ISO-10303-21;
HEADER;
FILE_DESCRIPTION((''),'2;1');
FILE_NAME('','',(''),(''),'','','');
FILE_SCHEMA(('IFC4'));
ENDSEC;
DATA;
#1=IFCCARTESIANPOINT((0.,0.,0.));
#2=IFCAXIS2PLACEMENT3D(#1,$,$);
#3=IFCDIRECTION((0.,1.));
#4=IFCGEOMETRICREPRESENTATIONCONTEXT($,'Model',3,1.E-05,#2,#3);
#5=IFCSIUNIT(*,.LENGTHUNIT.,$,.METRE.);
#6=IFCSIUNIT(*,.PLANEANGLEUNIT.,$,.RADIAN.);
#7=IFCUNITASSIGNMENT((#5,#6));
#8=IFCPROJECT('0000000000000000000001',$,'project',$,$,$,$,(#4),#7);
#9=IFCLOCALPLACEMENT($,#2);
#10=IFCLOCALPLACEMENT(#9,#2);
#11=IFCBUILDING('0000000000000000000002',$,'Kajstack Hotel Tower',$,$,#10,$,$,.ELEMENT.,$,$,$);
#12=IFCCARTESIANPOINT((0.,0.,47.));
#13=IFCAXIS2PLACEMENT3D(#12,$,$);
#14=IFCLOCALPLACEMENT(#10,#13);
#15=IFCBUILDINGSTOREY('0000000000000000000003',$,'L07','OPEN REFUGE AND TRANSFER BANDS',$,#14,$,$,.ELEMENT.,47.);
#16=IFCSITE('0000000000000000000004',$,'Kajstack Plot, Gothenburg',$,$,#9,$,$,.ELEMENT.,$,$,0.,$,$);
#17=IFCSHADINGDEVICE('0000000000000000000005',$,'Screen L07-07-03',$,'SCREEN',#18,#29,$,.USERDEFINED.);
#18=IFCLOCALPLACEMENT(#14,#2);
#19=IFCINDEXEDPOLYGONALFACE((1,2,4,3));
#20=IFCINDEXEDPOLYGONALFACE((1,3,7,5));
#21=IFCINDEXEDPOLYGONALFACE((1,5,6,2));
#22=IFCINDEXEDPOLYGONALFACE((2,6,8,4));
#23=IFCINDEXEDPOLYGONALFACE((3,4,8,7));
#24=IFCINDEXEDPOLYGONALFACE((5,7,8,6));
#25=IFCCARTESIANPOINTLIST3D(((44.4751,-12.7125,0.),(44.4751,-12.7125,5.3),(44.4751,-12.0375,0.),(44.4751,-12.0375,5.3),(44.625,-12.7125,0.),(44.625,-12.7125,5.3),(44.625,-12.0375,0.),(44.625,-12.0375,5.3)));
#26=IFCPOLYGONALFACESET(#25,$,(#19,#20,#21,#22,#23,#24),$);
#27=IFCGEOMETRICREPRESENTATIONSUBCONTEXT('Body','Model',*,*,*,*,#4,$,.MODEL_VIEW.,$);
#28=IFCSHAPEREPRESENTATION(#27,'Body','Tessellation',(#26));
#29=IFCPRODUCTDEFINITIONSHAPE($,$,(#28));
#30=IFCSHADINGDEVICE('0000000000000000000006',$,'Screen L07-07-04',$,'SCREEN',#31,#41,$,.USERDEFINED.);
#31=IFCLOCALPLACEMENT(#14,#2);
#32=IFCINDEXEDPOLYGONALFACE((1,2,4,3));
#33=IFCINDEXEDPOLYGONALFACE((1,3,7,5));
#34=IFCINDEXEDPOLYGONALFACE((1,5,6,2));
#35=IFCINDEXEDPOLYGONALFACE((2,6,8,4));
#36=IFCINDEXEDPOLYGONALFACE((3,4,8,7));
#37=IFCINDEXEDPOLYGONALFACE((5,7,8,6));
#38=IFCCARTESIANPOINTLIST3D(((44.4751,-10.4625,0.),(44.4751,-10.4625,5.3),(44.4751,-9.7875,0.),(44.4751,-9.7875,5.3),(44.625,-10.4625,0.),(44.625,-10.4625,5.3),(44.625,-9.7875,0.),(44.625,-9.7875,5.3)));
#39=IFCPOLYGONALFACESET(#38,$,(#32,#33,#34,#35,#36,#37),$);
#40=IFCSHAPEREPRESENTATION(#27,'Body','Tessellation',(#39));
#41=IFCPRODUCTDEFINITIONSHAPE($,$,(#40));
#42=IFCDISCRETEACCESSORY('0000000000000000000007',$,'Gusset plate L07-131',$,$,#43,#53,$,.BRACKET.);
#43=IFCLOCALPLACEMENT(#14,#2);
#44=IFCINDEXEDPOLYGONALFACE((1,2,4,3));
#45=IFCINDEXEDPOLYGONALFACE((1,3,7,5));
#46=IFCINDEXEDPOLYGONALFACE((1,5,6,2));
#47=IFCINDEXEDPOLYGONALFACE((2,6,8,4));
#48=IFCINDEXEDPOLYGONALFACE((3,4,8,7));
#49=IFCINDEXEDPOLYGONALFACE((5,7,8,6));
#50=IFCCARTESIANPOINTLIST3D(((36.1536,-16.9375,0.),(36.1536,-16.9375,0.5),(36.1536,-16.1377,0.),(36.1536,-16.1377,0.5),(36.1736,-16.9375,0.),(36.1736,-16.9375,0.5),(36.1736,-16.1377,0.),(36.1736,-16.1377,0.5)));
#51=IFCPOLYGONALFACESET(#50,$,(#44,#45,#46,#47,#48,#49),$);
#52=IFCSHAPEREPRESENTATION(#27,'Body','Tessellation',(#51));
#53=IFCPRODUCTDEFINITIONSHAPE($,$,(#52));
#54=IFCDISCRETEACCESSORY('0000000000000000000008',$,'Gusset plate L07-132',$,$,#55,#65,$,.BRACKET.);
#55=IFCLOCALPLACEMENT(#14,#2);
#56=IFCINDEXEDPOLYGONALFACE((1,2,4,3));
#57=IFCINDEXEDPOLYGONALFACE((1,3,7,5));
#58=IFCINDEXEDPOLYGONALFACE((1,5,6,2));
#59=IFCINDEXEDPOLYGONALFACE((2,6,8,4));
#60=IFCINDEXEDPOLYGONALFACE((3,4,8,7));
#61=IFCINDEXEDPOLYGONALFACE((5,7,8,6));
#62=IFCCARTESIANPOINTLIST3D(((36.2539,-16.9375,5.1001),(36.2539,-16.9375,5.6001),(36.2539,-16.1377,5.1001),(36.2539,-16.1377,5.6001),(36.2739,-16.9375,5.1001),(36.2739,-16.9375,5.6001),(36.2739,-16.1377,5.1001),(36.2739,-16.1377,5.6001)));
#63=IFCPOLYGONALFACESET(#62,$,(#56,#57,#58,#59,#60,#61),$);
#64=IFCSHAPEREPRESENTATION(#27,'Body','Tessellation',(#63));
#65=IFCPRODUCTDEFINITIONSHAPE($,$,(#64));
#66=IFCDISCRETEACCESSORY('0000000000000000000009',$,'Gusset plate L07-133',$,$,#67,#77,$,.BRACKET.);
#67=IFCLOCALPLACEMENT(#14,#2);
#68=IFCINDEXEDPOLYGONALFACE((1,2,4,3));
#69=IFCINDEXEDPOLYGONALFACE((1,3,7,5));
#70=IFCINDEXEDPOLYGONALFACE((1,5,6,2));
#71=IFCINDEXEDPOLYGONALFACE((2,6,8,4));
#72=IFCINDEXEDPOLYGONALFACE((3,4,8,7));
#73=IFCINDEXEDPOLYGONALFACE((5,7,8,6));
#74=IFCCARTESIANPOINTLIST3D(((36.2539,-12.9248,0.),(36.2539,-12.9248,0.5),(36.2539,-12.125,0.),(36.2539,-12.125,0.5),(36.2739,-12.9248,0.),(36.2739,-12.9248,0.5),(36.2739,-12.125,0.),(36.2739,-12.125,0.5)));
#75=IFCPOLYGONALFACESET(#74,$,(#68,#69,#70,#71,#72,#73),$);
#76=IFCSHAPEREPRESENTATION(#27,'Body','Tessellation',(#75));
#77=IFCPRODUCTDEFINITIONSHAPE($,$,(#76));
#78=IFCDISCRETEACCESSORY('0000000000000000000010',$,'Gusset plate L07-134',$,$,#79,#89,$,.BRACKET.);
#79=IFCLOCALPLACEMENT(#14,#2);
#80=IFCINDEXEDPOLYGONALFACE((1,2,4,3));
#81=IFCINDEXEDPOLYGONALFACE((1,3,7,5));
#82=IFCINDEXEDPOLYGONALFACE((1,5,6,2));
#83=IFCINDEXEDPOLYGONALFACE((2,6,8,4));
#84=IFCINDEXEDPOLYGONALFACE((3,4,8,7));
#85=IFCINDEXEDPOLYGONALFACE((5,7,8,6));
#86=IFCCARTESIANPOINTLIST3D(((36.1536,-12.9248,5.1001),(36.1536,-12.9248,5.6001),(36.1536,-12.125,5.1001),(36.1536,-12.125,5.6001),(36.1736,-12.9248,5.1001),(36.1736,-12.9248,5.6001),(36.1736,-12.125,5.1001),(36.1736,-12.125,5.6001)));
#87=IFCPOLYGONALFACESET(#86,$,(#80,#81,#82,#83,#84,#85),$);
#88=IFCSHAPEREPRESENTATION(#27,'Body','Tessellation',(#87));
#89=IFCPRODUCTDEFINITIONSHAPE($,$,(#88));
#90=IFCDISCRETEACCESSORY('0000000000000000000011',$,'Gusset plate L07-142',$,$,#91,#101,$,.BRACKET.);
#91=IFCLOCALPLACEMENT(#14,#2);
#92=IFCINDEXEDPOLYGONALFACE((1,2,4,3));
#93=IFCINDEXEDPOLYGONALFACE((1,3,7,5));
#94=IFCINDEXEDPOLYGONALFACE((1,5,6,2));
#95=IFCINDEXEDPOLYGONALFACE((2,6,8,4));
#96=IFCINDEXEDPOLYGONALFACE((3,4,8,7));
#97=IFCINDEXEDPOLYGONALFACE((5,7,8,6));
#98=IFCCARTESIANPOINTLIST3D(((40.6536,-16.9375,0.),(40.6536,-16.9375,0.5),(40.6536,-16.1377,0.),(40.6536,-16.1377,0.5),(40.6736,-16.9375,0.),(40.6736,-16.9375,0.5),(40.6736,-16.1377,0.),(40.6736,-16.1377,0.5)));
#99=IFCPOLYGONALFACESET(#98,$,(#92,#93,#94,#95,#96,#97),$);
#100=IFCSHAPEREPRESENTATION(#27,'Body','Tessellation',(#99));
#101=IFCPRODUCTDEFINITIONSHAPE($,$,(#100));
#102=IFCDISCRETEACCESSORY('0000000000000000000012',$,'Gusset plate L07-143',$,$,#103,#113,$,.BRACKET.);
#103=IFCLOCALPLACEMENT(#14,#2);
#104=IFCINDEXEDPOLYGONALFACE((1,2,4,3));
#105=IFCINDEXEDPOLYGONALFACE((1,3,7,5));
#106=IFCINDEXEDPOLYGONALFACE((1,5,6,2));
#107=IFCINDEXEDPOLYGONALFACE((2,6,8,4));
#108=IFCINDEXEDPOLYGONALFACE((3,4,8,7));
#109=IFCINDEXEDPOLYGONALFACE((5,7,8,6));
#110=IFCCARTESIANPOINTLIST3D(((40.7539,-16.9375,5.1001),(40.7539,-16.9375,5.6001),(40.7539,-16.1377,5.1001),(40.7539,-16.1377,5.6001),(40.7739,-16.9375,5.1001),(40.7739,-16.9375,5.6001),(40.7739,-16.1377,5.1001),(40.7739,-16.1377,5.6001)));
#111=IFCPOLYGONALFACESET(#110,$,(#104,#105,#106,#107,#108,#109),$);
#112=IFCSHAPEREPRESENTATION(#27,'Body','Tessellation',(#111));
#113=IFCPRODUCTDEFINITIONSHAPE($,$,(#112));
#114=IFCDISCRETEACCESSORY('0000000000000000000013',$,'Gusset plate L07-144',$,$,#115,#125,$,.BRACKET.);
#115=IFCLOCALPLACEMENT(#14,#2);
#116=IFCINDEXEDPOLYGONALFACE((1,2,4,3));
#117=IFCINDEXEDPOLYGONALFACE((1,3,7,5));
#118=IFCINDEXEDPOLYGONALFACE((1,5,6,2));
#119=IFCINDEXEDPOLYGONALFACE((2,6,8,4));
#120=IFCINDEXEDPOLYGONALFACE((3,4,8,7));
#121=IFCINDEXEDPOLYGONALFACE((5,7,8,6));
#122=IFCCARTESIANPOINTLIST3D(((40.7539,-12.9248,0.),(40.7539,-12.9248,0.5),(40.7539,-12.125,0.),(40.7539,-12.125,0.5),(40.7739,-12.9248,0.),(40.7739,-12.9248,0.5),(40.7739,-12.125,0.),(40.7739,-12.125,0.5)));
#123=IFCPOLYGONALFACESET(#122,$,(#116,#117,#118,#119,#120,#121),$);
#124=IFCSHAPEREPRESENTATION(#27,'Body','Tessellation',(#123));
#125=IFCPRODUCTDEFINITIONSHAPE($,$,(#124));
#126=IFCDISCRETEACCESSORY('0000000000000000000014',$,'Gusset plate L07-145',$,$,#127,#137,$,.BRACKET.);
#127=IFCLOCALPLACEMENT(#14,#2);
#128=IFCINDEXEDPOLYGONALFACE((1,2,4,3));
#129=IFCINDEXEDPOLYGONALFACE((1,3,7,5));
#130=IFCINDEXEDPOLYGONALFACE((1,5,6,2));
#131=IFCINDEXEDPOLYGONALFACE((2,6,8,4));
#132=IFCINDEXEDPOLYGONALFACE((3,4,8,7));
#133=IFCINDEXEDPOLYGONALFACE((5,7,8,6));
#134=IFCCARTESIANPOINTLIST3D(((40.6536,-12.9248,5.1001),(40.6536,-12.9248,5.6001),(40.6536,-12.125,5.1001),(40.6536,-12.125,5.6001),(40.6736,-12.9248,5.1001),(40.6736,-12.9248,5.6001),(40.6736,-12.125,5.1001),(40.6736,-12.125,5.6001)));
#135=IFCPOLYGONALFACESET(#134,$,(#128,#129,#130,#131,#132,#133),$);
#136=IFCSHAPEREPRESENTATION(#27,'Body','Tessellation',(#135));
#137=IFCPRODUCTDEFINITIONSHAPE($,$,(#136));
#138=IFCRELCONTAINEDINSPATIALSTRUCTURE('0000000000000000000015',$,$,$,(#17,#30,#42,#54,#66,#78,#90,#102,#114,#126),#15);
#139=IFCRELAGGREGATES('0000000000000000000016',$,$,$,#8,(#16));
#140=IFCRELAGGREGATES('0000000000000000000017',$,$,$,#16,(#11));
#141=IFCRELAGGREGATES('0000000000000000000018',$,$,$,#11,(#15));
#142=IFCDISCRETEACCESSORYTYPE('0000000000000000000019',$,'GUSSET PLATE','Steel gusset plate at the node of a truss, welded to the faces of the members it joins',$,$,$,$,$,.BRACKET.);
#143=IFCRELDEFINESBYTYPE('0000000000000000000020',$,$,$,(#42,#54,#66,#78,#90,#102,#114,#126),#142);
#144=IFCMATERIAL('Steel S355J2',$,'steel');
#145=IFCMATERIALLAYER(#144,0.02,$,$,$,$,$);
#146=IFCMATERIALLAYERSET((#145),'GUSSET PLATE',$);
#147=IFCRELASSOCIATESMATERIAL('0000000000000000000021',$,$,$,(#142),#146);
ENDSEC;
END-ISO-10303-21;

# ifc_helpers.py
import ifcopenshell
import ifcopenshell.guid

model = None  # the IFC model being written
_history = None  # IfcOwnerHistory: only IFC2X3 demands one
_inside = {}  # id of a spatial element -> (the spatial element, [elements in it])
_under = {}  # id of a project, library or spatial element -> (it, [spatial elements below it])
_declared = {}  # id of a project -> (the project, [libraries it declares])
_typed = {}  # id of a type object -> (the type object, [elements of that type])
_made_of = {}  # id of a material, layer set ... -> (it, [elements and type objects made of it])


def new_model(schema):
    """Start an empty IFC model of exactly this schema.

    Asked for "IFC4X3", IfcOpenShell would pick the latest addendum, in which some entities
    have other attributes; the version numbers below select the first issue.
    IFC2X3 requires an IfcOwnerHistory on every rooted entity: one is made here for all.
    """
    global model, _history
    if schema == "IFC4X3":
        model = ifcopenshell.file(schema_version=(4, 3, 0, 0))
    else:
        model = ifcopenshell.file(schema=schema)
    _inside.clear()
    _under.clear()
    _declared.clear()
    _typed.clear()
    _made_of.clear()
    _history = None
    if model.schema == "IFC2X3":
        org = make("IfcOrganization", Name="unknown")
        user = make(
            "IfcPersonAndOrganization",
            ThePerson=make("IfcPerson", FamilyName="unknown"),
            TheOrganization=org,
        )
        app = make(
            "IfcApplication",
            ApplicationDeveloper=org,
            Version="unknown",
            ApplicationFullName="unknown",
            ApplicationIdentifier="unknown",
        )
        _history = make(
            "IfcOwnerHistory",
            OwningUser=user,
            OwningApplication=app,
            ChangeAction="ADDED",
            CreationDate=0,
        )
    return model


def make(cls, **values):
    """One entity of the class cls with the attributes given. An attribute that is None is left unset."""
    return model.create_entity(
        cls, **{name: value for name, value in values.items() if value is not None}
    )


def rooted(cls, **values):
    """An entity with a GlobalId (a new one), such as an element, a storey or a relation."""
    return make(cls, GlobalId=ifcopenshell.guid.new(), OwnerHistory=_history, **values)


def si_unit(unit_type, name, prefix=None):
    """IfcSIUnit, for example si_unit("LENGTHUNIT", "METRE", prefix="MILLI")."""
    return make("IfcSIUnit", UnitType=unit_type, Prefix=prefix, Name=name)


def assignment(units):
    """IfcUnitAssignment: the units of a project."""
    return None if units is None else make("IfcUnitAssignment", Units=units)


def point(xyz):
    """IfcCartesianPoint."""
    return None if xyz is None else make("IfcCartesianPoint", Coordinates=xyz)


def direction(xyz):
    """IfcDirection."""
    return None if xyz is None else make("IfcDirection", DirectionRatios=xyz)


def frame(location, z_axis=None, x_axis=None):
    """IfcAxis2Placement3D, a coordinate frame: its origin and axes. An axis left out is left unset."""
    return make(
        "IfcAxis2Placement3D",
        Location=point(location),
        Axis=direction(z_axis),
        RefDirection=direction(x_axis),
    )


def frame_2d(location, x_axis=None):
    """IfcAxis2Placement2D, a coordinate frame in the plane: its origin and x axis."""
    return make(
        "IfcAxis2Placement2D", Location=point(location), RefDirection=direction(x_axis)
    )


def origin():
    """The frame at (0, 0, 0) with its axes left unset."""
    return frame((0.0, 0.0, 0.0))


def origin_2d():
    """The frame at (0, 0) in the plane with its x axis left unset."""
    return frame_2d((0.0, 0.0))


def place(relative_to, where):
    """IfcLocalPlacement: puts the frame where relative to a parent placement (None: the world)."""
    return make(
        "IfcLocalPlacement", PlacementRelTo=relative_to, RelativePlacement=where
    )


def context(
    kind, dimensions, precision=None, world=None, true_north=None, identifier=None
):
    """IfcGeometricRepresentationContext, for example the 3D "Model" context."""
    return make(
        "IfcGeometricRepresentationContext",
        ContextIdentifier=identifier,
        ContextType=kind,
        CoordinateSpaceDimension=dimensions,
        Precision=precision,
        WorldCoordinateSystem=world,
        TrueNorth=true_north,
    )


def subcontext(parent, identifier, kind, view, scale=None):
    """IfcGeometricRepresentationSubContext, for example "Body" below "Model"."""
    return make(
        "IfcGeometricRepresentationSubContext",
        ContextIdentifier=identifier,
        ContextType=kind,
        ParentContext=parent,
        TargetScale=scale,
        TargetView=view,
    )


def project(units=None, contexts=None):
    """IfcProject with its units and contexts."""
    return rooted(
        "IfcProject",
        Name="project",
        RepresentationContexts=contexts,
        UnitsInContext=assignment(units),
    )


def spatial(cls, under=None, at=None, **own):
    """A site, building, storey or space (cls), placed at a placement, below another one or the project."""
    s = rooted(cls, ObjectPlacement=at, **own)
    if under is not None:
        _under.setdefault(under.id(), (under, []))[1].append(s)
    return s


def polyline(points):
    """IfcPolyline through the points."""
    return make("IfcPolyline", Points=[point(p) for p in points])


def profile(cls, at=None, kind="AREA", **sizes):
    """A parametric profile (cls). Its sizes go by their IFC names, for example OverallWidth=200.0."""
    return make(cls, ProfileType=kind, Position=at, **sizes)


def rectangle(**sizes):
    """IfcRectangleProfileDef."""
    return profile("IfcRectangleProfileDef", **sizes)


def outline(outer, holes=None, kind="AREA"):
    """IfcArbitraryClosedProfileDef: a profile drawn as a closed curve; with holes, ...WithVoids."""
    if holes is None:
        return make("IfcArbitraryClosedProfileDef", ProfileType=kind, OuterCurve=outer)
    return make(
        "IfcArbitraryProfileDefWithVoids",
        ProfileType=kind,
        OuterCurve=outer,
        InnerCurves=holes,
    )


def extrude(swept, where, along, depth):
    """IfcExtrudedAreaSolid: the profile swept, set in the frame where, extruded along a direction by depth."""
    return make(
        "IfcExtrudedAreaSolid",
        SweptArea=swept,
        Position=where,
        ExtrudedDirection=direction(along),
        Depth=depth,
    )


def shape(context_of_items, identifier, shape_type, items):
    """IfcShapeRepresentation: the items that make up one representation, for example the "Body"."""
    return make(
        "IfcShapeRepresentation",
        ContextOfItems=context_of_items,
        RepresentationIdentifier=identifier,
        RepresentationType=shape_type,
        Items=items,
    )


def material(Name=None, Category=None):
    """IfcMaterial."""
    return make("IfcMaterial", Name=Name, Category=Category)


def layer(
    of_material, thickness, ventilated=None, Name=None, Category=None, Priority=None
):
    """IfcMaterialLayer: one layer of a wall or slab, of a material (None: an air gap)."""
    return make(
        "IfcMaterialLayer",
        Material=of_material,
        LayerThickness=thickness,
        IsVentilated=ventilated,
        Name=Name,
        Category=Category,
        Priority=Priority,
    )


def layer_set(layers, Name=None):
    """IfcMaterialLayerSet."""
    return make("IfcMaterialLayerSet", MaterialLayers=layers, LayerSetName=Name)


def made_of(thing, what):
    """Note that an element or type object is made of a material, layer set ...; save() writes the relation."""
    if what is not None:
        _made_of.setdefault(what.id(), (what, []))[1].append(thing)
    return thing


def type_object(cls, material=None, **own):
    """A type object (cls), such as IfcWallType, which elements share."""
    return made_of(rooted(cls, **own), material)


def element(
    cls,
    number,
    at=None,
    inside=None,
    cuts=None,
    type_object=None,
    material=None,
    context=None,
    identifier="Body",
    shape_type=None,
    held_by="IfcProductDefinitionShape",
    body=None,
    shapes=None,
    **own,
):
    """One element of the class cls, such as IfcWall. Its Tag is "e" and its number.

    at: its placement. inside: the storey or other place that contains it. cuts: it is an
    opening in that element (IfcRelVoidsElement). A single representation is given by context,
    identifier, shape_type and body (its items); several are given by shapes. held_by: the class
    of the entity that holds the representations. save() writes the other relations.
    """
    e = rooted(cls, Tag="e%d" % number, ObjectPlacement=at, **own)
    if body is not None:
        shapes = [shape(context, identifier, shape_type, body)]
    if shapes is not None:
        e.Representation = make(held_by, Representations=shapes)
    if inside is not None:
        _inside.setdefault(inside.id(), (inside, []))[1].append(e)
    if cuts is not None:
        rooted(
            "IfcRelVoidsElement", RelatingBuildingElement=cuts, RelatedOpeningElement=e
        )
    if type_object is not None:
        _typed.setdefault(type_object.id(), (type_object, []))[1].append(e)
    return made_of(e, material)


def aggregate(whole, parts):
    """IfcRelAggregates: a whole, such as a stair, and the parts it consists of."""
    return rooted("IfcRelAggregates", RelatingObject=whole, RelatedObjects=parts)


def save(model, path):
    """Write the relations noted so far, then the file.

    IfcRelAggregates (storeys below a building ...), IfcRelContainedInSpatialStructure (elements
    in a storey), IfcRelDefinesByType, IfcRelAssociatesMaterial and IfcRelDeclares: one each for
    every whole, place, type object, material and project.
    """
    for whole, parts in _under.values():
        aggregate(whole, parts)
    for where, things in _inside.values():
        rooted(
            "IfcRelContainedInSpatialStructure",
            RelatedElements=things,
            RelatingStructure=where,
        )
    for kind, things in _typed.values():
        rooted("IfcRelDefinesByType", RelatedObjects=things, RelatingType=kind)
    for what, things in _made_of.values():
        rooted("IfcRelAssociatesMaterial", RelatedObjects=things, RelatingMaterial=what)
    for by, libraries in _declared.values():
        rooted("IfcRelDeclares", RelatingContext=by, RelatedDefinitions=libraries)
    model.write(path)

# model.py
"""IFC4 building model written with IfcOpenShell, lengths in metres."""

from ifc_helpers import new_model, si_unit, direction, frame, origin, origin_2d, place, context, subcontext, project, spatial, polyline, rectangle, outline, extrude, material, layer, layer_set, type_object, element, save


model = new_model("IFC4")

# Units and contexts
model_context = context("Model", 3, precision=1e-05, world=origin(), true_north=direction((0.0, 1.0)))
body_context = subcontext(model_context, "Body", "Model", "MODEL_VIEW")
ifc_project = project(units=[si_unit("LENGTHUNIT", "METRE"), si_unit("PLANEANGLEUNIT", "RADIAN")], contexts=[model_context])

# Site, building, storey
site_placement = place(None, origin())
site = spatial("IfcSite", under=ifc_project, at=site_placement, Name="Kajstack Plot, Gothenburg", CompositionType="ELEMENT", RefElevation=0.0)
building_placement = place(site_placement, origin())
building = spatial("IfcBuilding", under=site, at=building_placement, Name="Kajstack Hotel Tower", CompositionType="ELEMENT")
storey_placement = place(building_placement, frame((0.0, 0.0, 47.0)))
storey = spatial("IfcBuildingStorey", under=building, at=storey_placement, Name="L07", Description="OPEN REFUGE AND TRANSFER BANDS", CompositionType="ELEMENT", Elevation=47.0)

# Shared definitions
ifc_material_1 = material(Name="Steel S355J2", Category="steel")

# Shading devices
for number, where, z_axis, x_axis, name in (
    (1, (44.55, -12.375, 0.0), (0.0, 0.0, 1.0), (0.0, 1.0, 0.0), "Screen L07-07-03"),
    (2, (44.55, -10.125, 0.0), (0.0, 0.0, 1.0), (0.0, 1.0, 0.0), "Screen L07-07-04"),
):
    element("IfcShadingDevice", number, at=place(storey_placement, frame(where, z_axis=z_axis, x_axis=x_axis)), inside=storey, Name=name, ObjectType="SCREEN", PredefinedType="USERDEFINED", context=body_context, shape_type="SweptSolid", body=[
        extrude(rectangle(XDim=0.675, YDim=0.1499, at=origin_2d()), origin(), (0.0, 0.0, 1.0), 5.3),
    ])

# Discrete accessories
ifc_layer_1 = layer(ifc_material_1, 0.02)
ifc_layer_set_1 = layer_set([ifc_layer_1], Name="GUSSET PLATE")
discrete_accessory_type = type_object("IfcDiscreteAccessoryType", Name="GUSSET PLATE", Description="Steel gusset plate at the node of a truss, welded to the faces of the members it joins", PredefinedType="BRACKET", material=ifc_layer_set_1)
for number, where, z_axis, x_axis, name in (
    (3, (36.1536, -16.5376, 0.0), (1.0, 0.0, 0.0), (0.0, 1.0, 0.0), "Gusset plate L07-131"),
    (4, (36.2539, -16.5376, 5.1001), (1.0, 0.0, 0.0), (0.0, 1.0, 0.0), "Gusset plate L07-132"),
    (5, (36.2539, -12.5249, 0.0), (1.0, 0.0, 0.0), (0.0, 1.0, 0.0), "Gusset plate L07-133"),
    (6, (36.1536, -12.5249, 5.1001), (1.0, 0.0, 0.0), (0.0, 1.0, 0.0), "Gusset plate L07-134"),
    (7, (40.6536, -16.5376, 0.0), (1.0, 0.0, 0.0), (0.0, 1.0, 0.0), "Gusset plate L07-142"),
    (8, (40.7539, -16.5376, 5.1001), (1.0, 0.0, 0.0), (0.0, 1.0, 0.0), "Gusset plate L07-143"),
    (9, (40.7539, -12.5249, 0.0), (1.0, 0.0, 0.0), (0.0, 1.0, 0.0), "Gusset plate L07-144"),
    (10, (40.6536, -12.5249, 5.1001), (1.0, 0.0, 0.0), (0.0, 1.0, 0.0), "Gusset plate L07-145"),
):
    element("IfcDiscreteAccessory", number, at=place(storey_placement, frame(where, z_axis=z_axis, x_axis=x_axis)), inside=storey, type_object=discrete_accessory_type, Name=name, PredefinedType="BRACKET", context=body_context, shape_type="SweptSolid", body=[
        extrude(outline(polyline([(-0.3999, 0.0), (0.3999, 0.0), (0.3999, 0.5), (-0.3999, 0.5), (-0.3999, 0.0)])), origin(), (0.0, 0.0, 1.0), 0.02),
    ])

save(model, "model.ifc")
